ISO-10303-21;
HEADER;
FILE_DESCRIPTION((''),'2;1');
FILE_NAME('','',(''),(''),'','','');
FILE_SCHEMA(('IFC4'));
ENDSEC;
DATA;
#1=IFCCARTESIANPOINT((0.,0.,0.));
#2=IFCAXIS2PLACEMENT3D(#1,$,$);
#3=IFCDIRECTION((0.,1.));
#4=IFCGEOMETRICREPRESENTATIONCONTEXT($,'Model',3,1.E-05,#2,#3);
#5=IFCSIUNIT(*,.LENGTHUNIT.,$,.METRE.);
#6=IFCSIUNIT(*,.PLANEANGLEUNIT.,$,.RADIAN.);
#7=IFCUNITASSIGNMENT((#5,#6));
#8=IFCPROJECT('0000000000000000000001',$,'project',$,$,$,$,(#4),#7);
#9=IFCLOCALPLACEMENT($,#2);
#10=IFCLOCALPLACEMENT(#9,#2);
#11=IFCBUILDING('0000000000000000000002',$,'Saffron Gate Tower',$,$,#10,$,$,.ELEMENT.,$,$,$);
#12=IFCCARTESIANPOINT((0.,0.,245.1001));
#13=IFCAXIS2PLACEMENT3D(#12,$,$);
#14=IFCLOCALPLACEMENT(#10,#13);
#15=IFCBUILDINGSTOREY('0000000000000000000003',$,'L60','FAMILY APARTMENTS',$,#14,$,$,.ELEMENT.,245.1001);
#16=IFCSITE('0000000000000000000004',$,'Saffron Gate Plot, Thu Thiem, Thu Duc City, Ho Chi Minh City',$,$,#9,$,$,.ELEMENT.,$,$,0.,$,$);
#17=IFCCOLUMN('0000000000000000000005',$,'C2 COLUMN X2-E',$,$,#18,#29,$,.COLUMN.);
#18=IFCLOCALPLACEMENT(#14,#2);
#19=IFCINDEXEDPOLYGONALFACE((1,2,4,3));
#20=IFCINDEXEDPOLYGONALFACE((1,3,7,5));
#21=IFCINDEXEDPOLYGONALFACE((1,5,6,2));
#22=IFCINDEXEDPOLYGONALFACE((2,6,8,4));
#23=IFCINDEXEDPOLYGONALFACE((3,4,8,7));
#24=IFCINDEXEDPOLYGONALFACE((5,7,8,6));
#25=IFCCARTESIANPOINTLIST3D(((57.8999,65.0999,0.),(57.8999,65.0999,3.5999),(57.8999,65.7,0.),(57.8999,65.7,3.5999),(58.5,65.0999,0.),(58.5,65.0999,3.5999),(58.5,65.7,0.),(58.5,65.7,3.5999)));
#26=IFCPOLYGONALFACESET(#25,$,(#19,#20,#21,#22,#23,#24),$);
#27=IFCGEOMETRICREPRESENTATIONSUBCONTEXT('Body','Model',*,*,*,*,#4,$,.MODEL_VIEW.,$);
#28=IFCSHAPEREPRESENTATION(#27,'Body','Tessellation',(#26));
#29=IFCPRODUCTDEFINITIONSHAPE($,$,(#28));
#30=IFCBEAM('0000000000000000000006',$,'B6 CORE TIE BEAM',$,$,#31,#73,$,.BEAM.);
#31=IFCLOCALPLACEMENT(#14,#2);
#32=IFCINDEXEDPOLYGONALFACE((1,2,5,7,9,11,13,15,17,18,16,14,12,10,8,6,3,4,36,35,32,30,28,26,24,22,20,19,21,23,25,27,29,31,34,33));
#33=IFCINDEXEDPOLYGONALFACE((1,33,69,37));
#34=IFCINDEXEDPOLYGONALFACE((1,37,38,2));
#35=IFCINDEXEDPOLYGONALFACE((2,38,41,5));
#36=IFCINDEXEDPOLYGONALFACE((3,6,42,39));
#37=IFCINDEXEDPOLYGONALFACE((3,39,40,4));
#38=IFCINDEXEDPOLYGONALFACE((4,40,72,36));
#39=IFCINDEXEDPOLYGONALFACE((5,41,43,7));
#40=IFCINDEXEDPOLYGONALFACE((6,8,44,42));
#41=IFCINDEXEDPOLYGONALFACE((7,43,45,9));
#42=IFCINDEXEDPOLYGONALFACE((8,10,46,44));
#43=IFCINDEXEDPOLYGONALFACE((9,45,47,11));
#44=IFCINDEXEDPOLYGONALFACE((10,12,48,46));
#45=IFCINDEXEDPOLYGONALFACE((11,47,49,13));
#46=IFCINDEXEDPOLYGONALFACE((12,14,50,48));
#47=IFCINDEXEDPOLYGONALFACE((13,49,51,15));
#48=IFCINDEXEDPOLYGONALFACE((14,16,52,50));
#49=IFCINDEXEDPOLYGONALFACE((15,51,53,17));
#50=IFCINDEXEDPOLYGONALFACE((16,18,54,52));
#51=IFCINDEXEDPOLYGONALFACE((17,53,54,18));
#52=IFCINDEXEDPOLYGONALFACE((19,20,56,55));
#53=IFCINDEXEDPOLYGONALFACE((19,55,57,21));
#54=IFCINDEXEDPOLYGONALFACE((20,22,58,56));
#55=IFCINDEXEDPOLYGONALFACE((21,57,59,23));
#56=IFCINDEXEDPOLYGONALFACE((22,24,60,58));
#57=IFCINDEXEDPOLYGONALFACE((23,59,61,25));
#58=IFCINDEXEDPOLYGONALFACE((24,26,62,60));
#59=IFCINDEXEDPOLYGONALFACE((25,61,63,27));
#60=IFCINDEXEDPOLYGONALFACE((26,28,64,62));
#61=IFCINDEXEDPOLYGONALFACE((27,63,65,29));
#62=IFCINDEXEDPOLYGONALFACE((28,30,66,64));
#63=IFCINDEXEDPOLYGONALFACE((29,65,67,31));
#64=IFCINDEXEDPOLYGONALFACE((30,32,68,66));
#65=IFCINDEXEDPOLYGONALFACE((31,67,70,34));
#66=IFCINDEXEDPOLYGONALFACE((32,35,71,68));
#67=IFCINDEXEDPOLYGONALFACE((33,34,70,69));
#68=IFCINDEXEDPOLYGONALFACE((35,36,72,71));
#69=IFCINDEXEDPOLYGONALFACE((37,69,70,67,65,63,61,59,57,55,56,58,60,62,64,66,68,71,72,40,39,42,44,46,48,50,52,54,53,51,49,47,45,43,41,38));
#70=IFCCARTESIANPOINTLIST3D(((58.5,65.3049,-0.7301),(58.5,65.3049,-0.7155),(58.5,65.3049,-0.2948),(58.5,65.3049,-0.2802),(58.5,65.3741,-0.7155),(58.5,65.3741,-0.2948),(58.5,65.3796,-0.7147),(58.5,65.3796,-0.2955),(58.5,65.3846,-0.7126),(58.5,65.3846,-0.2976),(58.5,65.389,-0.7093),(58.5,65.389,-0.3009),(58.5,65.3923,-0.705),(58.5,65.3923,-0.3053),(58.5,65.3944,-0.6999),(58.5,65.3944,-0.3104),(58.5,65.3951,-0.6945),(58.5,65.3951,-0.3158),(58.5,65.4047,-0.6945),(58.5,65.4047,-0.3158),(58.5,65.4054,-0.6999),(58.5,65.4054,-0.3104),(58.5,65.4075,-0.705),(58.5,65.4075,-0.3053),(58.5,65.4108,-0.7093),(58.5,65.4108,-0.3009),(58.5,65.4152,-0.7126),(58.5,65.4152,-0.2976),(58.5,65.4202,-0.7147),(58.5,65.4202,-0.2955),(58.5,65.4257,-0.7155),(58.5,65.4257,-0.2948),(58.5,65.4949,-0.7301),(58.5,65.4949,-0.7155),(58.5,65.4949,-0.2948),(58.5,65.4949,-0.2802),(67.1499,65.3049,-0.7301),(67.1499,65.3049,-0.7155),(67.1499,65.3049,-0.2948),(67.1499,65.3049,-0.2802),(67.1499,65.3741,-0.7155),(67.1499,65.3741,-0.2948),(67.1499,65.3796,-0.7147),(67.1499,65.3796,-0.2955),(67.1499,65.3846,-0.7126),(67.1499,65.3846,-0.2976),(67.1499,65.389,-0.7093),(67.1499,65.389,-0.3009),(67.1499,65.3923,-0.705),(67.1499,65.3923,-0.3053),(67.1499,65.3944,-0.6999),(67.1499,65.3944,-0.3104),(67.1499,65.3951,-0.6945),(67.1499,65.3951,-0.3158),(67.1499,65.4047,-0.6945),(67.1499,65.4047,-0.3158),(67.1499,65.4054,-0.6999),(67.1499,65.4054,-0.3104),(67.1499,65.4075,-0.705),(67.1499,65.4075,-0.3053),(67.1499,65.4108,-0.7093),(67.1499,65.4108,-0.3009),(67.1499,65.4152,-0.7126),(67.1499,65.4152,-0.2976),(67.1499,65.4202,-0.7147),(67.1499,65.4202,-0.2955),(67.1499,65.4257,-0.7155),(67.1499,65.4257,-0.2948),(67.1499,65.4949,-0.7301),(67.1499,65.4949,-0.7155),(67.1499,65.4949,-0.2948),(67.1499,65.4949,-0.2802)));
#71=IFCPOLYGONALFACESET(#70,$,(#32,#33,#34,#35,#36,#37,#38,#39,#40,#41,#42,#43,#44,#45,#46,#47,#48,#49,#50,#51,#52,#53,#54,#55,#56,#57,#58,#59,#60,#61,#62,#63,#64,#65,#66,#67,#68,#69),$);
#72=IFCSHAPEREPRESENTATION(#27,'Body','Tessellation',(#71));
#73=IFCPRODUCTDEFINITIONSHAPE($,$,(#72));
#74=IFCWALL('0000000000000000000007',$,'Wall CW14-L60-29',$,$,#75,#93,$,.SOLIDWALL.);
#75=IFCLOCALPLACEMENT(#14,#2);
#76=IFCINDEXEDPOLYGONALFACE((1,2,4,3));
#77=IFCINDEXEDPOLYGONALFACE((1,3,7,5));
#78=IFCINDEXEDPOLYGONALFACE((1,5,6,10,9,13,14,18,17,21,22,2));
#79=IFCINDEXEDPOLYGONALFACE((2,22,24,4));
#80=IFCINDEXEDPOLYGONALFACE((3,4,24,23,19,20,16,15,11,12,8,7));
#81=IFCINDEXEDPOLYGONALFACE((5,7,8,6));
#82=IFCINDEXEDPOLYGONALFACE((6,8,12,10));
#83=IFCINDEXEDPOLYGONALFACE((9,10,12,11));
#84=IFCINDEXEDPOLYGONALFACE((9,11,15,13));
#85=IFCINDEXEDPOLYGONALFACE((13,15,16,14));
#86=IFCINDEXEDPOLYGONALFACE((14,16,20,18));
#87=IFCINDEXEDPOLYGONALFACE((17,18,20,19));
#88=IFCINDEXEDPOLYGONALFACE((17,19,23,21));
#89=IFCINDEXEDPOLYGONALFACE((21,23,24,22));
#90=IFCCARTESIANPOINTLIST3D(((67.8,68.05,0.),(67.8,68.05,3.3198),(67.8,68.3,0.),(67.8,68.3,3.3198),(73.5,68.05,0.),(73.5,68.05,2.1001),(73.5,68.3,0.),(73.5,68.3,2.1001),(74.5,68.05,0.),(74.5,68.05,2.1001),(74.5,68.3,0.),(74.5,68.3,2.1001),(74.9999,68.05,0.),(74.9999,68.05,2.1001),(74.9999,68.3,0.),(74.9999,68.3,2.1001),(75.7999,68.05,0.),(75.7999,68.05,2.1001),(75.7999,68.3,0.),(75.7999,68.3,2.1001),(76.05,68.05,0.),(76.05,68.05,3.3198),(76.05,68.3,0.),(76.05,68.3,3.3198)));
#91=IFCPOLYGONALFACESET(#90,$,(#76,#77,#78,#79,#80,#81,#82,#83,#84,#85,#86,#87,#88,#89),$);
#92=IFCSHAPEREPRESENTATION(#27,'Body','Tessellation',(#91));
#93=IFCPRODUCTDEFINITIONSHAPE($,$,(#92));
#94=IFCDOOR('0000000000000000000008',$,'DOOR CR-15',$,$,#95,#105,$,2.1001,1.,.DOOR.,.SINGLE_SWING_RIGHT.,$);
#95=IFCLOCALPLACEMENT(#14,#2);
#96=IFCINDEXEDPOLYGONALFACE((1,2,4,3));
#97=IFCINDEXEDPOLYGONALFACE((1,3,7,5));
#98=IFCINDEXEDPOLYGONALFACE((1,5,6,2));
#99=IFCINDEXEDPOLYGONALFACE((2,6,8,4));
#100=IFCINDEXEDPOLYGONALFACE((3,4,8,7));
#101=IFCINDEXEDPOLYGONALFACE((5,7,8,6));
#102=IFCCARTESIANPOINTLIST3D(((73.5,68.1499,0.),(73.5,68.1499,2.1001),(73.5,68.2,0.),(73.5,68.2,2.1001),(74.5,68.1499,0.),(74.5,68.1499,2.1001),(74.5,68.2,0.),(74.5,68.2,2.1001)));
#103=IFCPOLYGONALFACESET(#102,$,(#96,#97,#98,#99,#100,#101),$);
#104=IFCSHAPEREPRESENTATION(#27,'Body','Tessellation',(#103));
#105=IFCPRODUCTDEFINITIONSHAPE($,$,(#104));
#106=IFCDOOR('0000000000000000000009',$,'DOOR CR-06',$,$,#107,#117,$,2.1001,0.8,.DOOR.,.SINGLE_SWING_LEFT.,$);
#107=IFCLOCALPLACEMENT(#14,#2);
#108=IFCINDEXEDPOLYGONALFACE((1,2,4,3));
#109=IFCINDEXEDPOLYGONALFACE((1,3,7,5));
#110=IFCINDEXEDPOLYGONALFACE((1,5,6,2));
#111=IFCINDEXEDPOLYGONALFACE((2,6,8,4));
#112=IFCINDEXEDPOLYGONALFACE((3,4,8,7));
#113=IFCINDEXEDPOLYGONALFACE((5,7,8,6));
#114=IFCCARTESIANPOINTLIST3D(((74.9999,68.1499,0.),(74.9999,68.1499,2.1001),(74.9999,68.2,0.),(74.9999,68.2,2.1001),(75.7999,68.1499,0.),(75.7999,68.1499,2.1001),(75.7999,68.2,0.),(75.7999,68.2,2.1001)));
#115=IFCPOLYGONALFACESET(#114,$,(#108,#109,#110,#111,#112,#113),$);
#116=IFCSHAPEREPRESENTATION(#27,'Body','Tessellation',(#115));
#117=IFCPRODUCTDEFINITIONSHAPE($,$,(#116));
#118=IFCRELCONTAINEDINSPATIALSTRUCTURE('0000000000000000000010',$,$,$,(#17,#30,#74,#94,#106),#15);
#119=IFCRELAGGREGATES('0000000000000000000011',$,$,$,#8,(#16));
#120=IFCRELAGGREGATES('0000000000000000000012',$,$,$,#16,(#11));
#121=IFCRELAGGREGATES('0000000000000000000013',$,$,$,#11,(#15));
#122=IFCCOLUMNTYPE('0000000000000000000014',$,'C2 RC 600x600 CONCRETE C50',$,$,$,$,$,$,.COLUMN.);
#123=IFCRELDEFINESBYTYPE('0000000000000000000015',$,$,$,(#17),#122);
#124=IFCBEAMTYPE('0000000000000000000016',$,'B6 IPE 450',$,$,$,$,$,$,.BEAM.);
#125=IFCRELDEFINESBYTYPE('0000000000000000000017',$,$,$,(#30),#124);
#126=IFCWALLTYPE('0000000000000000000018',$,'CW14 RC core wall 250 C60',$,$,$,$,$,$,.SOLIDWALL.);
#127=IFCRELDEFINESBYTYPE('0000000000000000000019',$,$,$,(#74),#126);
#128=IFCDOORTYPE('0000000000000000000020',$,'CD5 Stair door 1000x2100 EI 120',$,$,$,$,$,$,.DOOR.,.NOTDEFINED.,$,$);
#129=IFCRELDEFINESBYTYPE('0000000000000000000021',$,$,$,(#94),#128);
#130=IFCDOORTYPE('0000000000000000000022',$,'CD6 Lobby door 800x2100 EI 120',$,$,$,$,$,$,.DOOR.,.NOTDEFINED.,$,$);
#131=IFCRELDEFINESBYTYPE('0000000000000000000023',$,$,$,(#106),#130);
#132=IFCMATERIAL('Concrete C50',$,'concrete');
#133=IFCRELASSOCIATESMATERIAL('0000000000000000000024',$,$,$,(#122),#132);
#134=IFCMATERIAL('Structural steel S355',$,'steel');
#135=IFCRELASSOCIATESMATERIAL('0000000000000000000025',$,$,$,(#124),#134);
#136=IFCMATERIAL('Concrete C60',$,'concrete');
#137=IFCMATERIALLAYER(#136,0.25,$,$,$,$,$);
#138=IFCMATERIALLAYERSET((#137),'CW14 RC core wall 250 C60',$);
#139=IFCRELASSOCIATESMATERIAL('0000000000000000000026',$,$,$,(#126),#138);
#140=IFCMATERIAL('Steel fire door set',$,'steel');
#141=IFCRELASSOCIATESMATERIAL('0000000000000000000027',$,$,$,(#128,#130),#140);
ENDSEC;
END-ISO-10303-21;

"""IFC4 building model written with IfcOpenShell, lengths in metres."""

from ifc_helpers import new_model, si_unit, direction, frame, frame_2d, origin, origin_2d, place, context, subcontext, project, spatial, rectangle, i_section, extrude, material, layer, layer_set, material_profile, profile_set, type_object, element, fill, save


model = new_model("IFC4")

# Units and contexts
model_context = context("Model", 3, precision=1e-05, world=origin(), true_north=direction((0.0, 1.0)))
body_context = subcontext(model_context, "Body", "Model", "MODEL_VIEW")
ifc_project = project(units=[si_unit("LENGTHUNIT", "METRE"), si_unit("PLANEANGLEUNIT", "RADIAN")], contexts=[model_context])

# Site, building, storey
site_placement = place(None, origin())
site = spatial("IfcSite", under=ifc_project, at=site_placement, Name="Saffron Gate Plot, Thu Thiem, Thu Duc City, Ho Chi Minh City", CompositionType="ELEMENT", RefElevation=0.0)
building_placement = place(site_placement, origin())
building = spatial("IfcBuilding", under=site, at=building_placement, Name="Saffron Gate Tower", CompositionType="ELEMENT")
storey_placement = place(building_placement, frame((0.0, 0.0, 245.1001)))
storey = spatial("IfcBuildingStorey", under=building, at=storey_placement, Name="L60", Description="FAMILY APARTMENTS", CompositionType="ELEMENT", Elevation=245.1001)

# Column
ifc_material_1 = material(Name="Concrete C50", Category="concrete")
ifc_material_profile_1 = material_profile(ifc_material_1, rectangle(XDim=0.6001, YDim=0.6001, at=origin_2d()))
ifc_profile_set_1 = profile_set([ifc_material_profile_1], Name="Concrete C50")
column_type = type_object("IfcColumnType", Name="C2 RC 600x600 CONCRETE C50", PredefinedType="COLUMN", material=ifc_profile_set_1)
column_placement = place(storey_placement, frame((58.2, 65.3999, 0.0), z_axis=(0.0, 0.0, 1.0), x_axis=(1.0, 0.0, 0.0)))
element("IfcColumn", 1, at=column_placement, inside=storey, type_object=column_type, Name="C2 COLUMN X2-E", PredefinedType="COLUMN", context=body_context, shape_type="SweptSolid", body=[
    extrude(rectangle(XDim=0.6001, YDim=0.6001, at=origin_2d()), origin(), (0.0, 0.0, 1.0), 3.5999),
])

# Beam
ifc_material_2 = material(Name="Structural steel S355", Category="steel")
ifc_material_profile_2 = material_profile(ifc_material_2, i_section(OverallWidth=0.1899, OverallDepth=0.45, WebThickness=0.0095, FlangeThickness=0.0146, FilletRadius=0.021, at=origin_2d()))
ifc_profile_set_2 = profile_set([ifc_material_profile_2], Name="Structural steel S355")
beam_type = type_object("IfcBeamType", Name="B6 IPE 450", PredefinedType="BEAM", material=ifc_profile_set_2)
beam_placement = place(storey_placement, frame((58.5, 65.3999, -0.5051), z_axis=(1.0, 0.0, 0.0), x_axis=(0.0, 1.0, 0.0)))
element("IfcBeam", 2, at=beam_placement, inside=storey, type_object=beam_type, Name="B6 CORE TIE BEAM", PredefinedType="BEAM", context=body_context, shape_type="SweptSolid", body=[
    extrude(i_section(OverallWidth=0.1899, OverallDepth=0.45, WebThickness=0.0095, FlangeThickness=0.0146, FilletRadius=0.021, at=origin_2d()), origin(), (0.0, 0.0, 1.0), 8.6499),
])

# Wall, openings, doors
ifc_material_3 = material(Name="Concrete C60", Category="concrete")
ifc_layer_1 = layer(ifc_material_3, 0.25)
ifc_layer_set_1 = layer_set([ifc_layer_1], Name="CW14 RC core wall 250 C60")
wall_type_1 = type_object("IfcWallType", Name="CW14 RC core wall 250 C60", PredefinedType="SOLIDWALL", material=ifc_layer_set_1)
wall_1_placement = place(storey_placement, frame((67.8, 68.175, 0.0), z_axis=(0.0, 0.0, 1.0), x_axis=(1.0, 0.0, 0.0)))
wall_1 = element("IfcWall", 3, at=wall_1_placement, inside=storey, type_object=wall_type_1, Name="Wall CW14-L60-29", PredefinedType="SOLIDWALL", context=body_context, shape_type="SweptSolid", body=[
    extrude(rectangle(XDim=8.25, YDim=0.25, at=frame_2d((4.125, 0.0))), origin(), (0.0, 0.0, 1.0), 3.3198),
])
opening_1_placement = place(wall_1_placement, frame((5.7, 0.0, 0.0)))
opening_1 = element("IfcOpeningElement", 4, at=opening_1_placement, cuts=wall_1, PredefinedType="OPENING", context=body_context, shape_type="SweptSolid", body=[
    extrude(rectangle(XDim=1.0, YDim=2.1001, at=frame_2d((0.5, 1.05))), frame((0.0, 0.135, 0.0), z_axis=(0.0, -1.0, 0.0), x_axis=(1.0, 0.0, 0.0)), (0.0, 0.0, 1.0), 0.27),
])
opening_2_placement = place(wall_1_placement, frame((7.2, 0.0, 0.0)))
opening_2 = element("IfcOpeningElement", 5, at=opening_2_placement, cuts=wall_1, PredefinedType="OPENING", context=body_context, shape_type="SweptSolid", body=[
    extrude(rectangle(XDim=0.8, YDim=2.1001, at=frame_2d((0.3999, 1.05))), frame((0.0, 0.135, 0.0), z_axis=(0.0, -1.0, 0.0), x_axis=(1.0, 0.0, 0.0)), (0.0, 0.0, 1.0), 0.27),
])
ifc_material_4 = material(Name="Steel fire door set", Category="steel")
door_type_1 = type_object("IfcDoorType", Name="CD5 Stair door 1000x2100 EI 120", OperationType="NOTDEFINED", PredefinedType="DOOR", material=ifc_material_4)
door_1_placement = place(opening_1_placement, origin())
door_1 = element("IfcDoor", 6, at=door_1_placement, inside=storey, type_object=door_type_1, Name="DOOR CR-15", OperationType="SINGLE_SWING_RIGHT", OverallHeight=2.1001, OverallWidth=1.0, PredefinedType="DOOR", context=body_context, shape_type="SweptSolid", body=[
    extrude(rectangle(XDim=1.0, YDim=2.1001, at=frame_2d((0.5, 1.05))), frame((0.0, 0.0249, 0.0), z_axis=(0.0, -1.0, 0.0), x_axis=(1.0, 0.0, 0.0)), (0.0, 0.0, 1.0), 0.05),
])
fill(opening_1, door_1)
door_type_2 = type_object("IfcDoorType", Name="CD6 Lobby door 800x2100 EI 120", OperationType="NOTDEFINED", PredefinedType="DOOR", material=ifc_material_4)
door_2_placement = place(opening_2_placement, origin())
door_2 = element("IfcDoor", 7, at=door_2_placement, inside=storey, type_object=door_type_2, Name="DOOR CR-06", OperationType="SINGLE_SWING_LEFT", OverallHeight=2.1001, OverallWidth=0.8, PredefinedType="DOOR", context=body_context, shape_type="SweptSolid", body=[
    extrude(rectangle(XDim=0.8, YDim=2.1001, at=frame_2d((0.3999, 1.05))), frame((0.0, 0.0249, 0.0), z_axis=(0.0, -1.0, 0.0), x_axis=(1.0, 0.0, 0.0)), (0.0, 0.0, 1.0), 0.05),
])
fill(opening_2, door_2)

save(model, "model.ifc")
